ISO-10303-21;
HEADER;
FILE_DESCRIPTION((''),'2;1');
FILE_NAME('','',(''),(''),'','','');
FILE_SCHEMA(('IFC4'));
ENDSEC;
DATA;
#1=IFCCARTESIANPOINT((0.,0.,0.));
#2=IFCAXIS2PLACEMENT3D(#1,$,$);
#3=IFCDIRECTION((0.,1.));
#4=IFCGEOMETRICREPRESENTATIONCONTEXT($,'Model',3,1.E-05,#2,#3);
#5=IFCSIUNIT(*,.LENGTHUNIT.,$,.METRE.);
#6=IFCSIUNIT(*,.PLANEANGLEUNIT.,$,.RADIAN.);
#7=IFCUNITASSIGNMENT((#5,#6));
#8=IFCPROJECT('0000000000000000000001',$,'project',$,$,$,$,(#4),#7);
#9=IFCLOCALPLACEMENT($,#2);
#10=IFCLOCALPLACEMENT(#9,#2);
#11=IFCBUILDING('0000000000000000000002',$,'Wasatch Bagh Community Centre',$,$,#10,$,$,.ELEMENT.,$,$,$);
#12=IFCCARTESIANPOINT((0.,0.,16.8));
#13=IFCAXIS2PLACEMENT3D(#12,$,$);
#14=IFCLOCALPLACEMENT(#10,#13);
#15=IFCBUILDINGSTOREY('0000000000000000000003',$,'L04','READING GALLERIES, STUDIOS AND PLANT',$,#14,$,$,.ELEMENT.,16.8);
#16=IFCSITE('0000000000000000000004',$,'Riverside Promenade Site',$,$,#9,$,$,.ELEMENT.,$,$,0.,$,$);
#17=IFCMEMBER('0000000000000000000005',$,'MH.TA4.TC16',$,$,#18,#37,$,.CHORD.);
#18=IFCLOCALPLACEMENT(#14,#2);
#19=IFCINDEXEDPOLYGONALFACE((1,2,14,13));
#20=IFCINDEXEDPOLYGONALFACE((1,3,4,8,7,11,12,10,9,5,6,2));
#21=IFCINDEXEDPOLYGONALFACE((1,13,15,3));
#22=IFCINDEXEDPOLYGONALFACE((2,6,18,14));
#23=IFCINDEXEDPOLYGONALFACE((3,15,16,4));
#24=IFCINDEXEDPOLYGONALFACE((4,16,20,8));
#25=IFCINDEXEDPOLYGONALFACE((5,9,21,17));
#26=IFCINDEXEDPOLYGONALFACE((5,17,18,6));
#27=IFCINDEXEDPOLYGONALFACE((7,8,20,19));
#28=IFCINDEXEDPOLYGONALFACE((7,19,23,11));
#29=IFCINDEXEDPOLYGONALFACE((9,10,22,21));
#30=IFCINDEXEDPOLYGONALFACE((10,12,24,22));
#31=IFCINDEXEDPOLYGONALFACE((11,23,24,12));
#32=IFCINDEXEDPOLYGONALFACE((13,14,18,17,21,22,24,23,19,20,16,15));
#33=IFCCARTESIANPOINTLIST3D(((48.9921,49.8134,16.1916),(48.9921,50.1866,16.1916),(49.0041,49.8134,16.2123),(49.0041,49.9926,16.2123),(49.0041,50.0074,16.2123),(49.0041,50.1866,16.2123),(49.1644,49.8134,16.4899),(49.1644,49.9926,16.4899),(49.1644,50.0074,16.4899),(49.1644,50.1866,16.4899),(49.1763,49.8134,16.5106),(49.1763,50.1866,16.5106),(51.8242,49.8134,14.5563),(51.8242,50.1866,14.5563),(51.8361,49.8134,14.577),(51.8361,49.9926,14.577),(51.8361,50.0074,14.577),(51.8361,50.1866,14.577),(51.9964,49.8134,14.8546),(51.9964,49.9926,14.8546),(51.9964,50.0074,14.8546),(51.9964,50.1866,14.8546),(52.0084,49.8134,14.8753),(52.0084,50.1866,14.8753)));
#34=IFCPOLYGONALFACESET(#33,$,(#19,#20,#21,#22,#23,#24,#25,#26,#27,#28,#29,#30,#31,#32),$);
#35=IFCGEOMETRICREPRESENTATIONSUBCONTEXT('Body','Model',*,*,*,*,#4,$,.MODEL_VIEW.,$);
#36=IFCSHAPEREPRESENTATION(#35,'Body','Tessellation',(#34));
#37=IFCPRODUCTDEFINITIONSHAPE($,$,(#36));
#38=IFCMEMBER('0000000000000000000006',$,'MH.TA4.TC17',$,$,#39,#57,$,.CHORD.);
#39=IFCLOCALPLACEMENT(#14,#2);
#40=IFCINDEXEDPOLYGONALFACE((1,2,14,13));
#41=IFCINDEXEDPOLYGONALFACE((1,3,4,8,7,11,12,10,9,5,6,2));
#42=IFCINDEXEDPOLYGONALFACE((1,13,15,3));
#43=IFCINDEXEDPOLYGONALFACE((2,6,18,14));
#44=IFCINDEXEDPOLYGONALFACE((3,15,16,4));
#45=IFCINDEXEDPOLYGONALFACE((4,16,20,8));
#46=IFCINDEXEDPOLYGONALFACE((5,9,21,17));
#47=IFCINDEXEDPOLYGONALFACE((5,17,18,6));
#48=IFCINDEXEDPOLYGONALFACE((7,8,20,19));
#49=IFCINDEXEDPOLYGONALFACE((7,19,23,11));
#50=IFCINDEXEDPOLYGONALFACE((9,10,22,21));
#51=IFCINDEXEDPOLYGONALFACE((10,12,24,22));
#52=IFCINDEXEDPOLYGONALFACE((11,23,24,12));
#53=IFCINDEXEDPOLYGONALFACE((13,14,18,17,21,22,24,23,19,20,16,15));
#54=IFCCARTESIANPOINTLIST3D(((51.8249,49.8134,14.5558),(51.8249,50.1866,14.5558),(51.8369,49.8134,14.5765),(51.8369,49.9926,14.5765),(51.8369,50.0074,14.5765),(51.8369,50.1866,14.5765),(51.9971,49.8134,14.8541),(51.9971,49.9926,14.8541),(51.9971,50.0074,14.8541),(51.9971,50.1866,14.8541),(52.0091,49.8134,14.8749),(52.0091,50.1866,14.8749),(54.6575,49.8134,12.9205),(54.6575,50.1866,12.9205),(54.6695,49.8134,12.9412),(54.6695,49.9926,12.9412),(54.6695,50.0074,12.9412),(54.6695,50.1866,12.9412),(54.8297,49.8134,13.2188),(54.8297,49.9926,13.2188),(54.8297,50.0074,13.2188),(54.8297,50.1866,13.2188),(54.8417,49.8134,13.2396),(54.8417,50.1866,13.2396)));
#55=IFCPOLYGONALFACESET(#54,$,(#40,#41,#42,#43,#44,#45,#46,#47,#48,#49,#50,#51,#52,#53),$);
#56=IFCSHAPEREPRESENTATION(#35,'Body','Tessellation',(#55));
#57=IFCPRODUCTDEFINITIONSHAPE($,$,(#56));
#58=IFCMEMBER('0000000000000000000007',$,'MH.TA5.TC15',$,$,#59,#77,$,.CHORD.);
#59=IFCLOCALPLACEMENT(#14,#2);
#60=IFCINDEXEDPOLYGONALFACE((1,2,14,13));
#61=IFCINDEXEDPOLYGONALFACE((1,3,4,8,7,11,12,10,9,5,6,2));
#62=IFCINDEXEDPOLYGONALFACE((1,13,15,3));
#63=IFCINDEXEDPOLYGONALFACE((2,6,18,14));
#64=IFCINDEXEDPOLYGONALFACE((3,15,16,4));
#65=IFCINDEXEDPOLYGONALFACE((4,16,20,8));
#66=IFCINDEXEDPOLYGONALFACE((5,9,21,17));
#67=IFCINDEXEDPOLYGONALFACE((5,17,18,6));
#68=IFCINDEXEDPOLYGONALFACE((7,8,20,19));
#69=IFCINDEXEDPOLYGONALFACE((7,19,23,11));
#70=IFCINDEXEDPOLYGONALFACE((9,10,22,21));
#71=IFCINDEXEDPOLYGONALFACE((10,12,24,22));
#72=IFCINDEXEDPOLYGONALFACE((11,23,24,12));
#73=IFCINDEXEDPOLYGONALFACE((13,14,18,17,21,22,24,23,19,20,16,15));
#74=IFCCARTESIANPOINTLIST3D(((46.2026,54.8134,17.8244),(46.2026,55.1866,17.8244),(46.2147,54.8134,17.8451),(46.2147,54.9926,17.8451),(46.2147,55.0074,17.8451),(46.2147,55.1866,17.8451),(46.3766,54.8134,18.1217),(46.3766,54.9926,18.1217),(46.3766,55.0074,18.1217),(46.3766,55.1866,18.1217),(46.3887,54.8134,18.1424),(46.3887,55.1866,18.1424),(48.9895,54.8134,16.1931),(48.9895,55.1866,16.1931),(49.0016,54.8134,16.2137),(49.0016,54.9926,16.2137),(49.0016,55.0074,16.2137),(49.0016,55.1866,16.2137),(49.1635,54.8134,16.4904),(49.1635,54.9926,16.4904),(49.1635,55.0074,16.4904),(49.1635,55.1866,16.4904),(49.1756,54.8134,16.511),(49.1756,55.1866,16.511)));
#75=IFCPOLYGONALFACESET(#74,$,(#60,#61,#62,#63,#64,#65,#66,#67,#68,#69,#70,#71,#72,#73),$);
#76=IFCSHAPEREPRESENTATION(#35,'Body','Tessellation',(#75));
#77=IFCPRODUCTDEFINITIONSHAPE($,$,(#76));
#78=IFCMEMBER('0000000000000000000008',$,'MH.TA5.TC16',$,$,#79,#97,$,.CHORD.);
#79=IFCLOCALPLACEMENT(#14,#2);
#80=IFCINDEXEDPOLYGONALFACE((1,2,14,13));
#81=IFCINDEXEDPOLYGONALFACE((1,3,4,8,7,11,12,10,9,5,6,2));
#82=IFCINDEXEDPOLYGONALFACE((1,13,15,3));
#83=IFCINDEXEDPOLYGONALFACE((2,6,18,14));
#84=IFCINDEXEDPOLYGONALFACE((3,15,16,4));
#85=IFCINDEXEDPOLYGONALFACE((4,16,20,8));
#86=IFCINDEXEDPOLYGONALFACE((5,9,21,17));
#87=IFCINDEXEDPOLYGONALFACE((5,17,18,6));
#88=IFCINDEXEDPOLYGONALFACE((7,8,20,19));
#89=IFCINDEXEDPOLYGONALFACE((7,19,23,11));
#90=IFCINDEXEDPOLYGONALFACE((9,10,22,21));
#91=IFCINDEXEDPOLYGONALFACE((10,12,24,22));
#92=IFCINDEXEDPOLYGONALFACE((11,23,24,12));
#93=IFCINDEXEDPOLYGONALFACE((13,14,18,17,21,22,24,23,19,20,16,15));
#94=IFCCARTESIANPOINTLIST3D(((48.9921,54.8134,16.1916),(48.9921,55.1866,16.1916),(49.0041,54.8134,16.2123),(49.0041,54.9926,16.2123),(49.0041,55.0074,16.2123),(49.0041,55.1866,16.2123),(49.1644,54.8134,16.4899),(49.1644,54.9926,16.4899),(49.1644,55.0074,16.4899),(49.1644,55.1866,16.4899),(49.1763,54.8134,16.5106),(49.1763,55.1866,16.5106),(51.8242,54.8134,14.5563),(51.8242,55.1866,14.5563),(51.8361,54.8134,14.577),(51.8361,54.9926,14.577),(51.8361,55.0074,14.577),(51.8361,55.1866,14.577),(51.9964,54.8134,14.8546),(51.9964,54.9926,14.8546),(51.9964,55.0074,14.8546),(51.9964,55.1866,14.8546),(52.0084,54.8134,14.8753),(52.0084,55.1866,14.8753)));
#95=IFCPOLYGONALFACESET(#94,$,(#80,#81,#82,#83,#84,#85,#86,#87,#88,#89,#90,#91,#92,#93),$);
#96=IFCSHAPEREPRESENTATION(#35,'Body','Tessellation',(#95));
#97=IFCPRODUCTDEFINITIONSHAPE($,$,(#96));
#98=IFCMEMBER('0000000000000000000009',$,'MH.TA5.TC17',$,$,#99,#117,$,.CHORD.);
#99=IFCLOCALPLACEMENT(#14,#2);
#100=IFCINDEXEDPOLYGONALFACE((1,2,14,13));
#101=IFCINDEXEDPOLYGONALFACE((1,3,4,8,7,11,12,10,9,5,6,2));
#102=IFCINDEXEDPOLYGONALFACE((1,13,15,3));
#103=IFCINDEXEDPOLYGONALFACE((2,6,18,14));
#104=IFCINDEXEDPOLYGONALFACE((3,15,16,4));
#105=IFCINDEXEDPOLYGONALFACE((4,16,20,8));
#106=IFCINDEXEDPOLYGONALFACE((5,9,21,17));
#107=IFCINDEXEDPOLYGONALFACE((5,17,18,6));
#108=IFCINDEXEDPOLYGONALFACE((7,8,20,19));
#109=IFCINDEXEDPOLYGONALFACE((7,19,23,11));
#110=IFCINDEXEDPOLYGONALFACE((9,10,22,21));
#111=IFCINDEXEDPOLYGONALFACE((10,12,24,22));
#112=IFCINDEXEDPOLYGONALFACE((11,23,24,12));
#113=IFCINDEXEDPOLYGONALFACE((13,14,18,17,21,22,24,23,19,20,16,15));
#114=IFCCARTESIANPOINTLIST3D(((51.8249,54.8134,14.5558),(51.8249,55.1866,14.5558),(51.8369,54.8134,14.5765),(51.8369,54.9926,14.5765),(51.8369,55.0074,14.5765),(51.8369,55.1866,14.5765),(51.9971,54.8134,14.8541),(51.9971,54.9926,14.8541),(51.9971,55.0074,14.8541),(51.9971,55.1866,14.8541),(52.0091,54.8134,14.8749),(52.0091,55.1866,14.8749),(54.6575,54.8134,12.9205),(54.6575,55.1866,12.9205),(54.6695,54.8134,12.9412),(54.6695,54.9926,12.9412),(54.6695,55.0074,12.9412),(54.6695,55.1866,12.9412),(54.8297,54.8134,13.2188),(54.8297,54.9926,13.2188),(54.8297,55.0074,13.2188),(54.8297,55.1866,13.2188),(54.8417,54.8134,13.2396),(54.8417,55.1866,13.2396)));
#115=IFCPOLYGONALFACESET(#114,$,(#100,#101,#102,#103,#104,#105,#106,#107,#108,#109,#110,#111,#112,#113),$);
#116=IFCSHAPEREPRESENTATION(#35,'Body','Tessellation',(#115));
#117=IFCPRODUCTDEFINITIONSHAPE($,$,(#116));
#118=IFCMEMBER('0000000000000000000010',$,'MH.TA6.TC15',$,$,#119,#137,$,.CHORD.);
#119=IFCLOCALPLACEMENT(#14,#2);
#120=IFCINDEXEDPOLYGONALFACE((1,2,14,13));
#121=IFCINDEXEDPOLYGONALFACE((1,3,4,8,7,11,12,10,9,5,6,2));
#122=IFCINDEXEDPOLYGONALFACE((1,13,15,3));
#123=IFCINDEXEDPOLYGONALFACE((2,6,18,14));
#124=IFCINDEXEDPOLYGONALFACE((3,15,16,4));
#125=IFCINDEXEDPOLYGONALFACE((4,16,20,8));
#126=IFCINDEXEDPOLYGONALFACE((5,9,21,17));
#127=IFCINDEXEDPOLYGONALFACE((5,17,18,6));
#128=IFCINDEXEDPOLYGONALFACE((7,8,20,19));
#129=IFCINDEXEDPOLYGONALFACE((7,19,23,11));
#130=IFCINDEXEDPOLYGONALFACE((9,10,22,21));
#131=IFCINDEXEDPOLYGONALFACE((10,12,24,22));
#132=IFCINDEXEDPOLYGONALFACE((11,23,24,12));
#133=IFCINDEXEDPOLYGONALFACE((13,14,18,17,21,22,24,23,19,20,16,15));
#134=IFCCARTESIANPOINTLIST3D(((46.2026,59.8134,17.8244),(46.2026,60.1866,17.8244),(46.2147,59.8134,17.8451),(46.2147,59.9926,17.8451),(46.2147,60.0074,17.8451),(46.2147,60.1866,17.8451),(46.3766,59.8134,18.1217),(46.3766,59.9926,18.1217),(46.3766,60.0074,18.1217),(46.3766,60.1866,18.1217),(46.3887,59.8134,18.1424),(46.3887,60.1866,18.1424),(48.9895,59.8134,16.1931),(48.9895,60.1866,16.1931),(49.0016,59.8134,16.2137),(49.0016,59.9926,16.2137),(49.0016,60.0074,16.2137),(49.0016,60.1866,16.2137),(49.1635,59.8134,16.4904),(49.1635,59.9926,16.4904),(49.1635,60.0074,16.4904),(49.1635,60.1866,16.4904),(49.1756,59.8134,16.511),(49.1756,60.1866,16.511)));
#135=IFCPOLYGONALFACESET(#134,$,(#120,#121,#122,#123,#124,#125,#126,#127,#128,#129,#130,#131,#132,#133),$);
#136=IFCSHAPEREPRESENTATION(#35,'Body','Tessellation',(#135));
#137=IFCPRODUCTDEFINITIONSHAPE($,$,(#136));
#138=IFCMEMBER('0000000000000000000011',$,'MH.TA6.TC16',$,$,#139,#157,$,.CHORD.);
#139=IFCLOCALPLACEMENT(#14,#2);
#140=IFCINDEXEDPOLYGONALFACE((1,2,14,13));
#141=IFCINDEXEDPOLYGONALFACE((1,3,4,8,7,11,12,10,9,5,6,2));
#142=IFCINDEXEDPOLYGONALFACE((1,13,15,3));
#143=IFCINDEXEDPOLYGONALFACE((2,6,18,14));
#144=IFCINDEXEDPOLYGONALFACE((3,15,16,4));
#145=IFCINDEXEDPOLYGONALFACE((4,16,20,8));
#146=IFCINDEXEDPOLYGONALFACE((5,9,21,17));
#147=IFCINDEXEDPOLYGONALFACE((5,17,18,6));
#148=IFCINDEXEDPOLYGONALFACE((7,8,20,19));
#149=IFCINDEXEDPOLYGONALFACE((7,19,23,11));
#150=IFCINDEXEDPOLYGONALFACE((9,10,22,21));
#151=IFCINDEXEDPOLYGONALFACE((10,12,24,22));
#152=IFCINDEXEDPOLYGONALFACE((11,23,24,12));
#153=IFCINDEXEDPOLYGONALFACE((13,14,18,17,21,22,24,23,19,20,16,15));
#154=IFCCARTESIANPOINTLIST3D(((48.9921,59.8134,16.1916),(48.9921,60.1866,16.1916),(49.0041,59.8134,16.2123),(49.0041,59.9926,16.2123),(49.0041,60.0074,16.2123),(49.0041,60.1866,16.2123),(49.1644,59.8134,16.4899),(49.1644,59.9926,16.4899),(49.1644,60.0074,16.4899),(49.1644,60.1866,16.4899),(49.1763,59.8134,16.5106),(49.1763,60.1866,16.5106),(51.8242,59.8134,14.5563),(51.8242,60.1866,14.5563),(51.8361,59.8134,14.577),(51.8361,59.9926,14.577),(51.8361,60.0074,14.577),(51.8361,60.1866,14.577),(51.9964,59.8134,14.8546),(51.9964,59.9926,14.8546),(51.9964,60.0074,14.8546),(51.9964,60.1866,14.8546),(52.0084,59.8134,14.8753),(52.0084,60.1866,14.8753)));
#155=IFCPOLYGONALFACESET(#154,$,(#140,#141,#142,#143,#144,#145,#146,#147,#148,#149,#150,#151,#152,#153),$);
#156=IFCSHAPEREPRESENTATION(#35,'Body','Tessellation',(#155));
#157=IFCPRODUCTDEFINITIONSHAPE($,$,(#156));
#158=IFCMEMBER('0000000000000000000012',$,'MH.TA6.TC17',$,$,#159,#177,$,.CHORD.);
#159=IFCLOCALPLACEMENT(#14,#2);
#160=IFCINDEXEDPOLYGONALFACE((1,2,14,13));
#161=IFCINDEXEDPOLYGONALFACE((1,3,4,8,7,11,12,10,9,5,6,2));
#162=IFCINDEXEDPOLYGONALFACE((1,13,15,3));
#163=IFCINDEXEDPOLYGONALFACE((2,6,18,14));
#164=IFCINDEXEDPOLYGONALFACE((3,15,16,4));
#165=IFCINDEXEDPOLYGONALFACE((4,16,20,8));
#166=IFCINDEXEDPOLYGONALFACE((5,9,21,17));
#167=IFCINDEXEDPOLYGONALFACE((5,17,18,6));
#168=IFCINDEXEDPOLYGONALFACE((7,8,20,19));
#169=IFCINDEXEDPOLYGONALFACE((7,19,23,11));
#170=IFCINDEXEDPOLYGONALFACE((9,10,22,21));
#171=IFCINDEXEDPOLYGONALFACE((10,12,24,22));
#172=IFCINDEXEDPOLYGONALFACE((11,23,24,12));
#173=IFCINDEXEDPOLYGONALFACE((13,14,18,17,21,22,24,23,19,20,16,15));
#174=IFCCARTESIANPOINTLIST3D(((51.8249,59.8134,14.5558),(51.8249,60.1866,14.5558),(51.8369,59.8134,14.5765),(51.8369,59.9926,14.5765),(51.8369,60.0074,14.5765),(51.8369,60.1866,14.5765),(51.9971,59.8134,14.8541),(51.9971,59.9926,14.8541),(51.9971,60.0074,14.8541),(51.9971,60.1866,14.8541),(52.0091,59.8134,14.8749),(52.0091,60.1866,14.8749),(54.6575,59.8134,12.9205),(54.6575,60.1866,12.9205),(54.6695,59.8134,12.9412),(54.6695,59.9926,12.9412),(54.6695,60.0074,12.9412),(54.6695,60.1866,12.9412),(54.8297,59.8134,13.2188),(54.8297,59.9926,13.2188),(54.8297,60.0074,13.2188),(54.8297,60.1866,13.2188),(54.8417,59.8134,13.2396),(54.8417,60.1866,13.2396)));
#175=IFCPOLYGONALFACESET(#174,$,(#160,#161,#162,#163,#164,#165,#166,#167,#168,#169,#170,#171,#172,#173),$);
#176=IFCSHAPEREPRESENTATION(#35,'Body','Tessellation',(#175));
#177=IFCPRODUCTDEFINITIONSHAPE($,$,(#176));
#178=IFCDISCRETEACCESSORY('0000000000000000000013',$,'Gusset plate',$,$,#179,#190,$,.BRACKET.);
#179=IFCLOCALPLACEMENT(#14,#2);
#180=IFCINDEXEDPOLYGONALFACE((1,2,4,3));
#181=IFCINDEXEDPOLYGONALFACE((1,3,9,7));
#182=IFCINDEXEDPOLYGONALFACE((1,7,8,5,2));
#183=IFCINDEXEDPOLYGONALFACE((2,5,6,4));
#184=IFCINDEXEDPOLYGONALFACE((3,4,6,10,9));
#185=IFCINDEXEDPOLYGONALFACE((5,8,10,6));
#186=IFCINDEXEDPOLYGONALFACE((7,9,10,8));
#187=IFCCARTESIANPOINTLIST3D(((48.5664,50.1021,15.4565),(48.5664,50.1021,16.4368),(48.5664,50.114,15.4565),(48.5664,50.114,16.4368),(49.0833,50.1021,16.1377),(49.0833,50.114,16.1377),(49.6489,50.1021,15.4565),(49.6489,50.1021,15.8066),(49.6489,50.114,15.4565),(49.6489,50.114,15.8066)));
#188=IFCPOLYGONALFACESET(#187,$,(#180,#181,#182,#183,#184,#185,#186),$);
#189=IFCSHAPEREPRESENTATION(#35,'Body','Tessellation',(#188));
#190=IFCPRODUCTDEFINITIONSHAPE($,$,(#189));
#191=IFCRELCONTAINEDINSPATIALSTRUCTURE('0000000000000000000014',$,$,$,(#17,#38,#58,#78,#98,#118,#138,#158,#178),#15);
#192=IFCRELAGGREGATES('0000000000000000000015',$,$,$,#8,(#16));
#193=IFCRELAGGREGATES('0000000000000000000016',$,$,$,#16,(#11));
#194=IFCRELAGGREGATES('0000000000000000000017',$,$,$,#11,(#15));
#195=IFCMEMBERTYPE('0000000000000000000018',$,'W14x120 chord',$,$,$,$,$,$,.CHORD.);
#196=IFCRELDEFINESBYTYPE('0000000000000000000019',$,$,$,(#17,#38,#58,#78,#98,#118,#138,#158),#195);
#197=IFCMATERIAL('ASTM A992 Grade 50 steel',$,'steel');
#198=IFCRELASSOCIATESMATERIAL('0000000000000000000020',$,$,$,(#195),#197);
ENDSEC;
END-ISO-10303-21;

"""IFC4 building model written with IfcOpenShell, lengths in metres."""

from ifc_helpers import new_model, si_unit, direction, frame, origin, origin_2d, place, context, subcontext, project, spatial, polyline, i_section, outline, extrude, material, material_profile, profile_set, type_object, element, save


model = new_model("IFC4")

# Units and contexts
model_context = context("Model", 3, precision=1e-05, world=origin(), true_north=direction((0.0, 1.0)))
body_context = subcontext(model_context, "Body", "Model", "MODEL_VIEW")
ifc_project = project(units=[si_unit("LENGTHUNIT", "METRE"), si_unit("PLANEANGLEUNIT", "RADIAN")], contexts=[model_context])

# Site, building, storey
site_placement = place(None, origin())
site = spatial("IfcSite", under=ifc_project, at=site_placement, Name="Riverside Promenade Site", CompositionType="ELEMENT", RefElevation=0.0)
building_placement = place(site_placement, origin())
building = spatial("IfcBuilding", under=site, at=building_placement, Name="Wasatch Bagh Community Centre", CompositionType="ELEMENT")
storey_placement = place(building_placement, frame((0.0, 0.0, 16.8)))
storey = spatial("IfcBuildingStorey", under=building, at=storey_placement, Name="L04", Description="READING GALLERIES, STUDIOS AND PLANT", CompositionType="ELEMENT", Elevation=16.8)

# Members
ifc_material_1 = material(Name="ASTM A992 Grade 50 steel", Category="steel")
ifc_material_profile_1 = material_profile(ifc_material_1, i_section(OverallWidth=0.3733, OverallDepth=0.3684, WebThickness=0.0149, FlangeThickness=0.0239, at=origin_2d()), Name="W14x120")
ifc_profile_set_1 = profile_set([ifc_material_profile_1], Name="ASTM A992 Grade 50 steel")
member_type_1 = type_object("IfcMemberType", Name="W14x120 chord", PredefinedType="CHORD", material=ifc_profile_set_1)
member_1_placement = place(storey_placement, frame((49.0842, 50.0, 16.3511), z_axis=(0.866002, 0.0, -0.500041), x_axis=(0.0, 1.0, 0.0)))
element("IfcMember", 1, at=member_1_placement, inside=storey, type_object=member_type_1, Name="MH.TA4.TC16", PredefinedType="CHORD", context=body_context, shape_type="SweptSolid", body=[
    extrude(i_section(OverallWidth=0.3733, OverallDepth=0.3684, WebThickness=0.0149, FlangeThickness=0.0239, at=origin_2d()), origin(), (0.0, 0.0, 1.0), 3.2703),
])
member_2_placement = place(storey_placement, frame((51.917, 50.0, 14.7153), z_axis=(0.866039, 0.0, -0.499977), x_axis=(0.0, 1.0, 0.0)))
element("IfcMember", 2, at=member_2_placement, inside=storey, type_object=member_type_1, Name="MH.TA4.TC17", PredefinedType="CHORD", context=body_context, shape_type="SweptSolid", body=[
    extrude(i_section(OverallWidth=0.3733, OverallDepth=0.3684, WebThickness=0.0149, FlangeThickness=0.0239, at=origin_2d()), origin(), (0.0, 0.0, 1.0), 3.2708),
])
member_3_placement = place(storey_placement, frame((46.2957, 55.0, 17.9834), z_axis=(0.863013, 0.0, -0.505182), x_axis=(0.0, 1.0, 0.0)))
element("IfcMember", 3, at=member_3_placement, inside=storey, type_object=member_type_1, Name="MH.TA5.TC15", PredefinedType="CHORD", context=body_context, shape_type="SweptSolid", body=[
    extrude(i_section(OverallWidth=0.3733, OverallDepth=0.3684, WebThickness=0.0149, FlangeThickness=0.0239, at=origin_2d()), origin(), (0.0, 0.0, 1.0), 3.2292),
])
member_4_placement = place(storey_placement, frame((49.0842, 55.0, 16.3511), z_axis=(0.866002, 0.0, -0.500041), x_axis=(0.0, 1.0, 0.0)))
element("IfcMember", 4, at=member_4_placement, inside=storey, type_object=member_type_1, Name="MH.TA5.TC16", PredefinedType="CHORD", context=body_context, shape_type="SweptSolid", body=[
    extrude(i_section(OverallWidth=0.3733, OverallDepth=0.3684, WebThickness=0.0149, FlangeThickness=0.0239, at=origin_2d()), origin(), (0.0, 0.0, 1.0), 3.2703),
])
member_5_placement = place(storey_placement, frame((51.917, 55.0, 14.7153), z_axis=(0.866039, 0.0, -0.499977), x_axis=(0.0, 1.0, 0.0)))
element("IfcMember", 5, at=member_5_placement, inside=storey, type_object=member_type_1, Name="MH.TA5.TC17", PredefinedType="CHORD", context=body_context, shape_type="SweptSolid", body=[
    extrude(i_section(OverallWidth=0.3733, OverallDepth=0.3684, WebThickness=0.0149, FlangeThickness=0.0239, at=origin_2d()), origin(), (0.0, 0.0, 1.0), 3.2708),
])
member_6_placement = place(storey_placement, frame((46.2957, 60.0, 17.9834), z_axis=(0.863013, 0.0, -0.505182), x_axis=(0.0, 1.0, 0.0)))
element("IfcMember", 6, at=member_6_placement, inside=storey, type_object=member_type_1, Name="MH.TA6.TC15", PredefinedType="CHORD", context=body_context, shape_type="SweptSolid", body=[
    extrude(i_section(OverallWidth=0.3733, OverallDepth=0.3684, WebThickness=0.0149, FlangeThickness=0.0239, at=origin_2d()), origin(), (0.0, 0.0, 1.0), 3.2292),
])
member_7_placement = place(storey_placement, frame((49.0842, 60.0, 16.3511), z_axis=(0.866002, 0.0, -0.500041), x_axis=(0.0, 1.0, 0.0)))
element("IfcMember", 7, at=member_7_placement, inside=storey, type_object=member_type_1, Name="MH.TA6.TC16", PredefinedType="CHORD", context=body_context, shape_type="SweptSolid", body=[
    extrude(i_section(OverallWidth=0.3733, OverallDepth=0.3684, WebThickness=0.0149, FlangeThickness=0.0239, at=origin_2d()), origin(), (0.0, 0.0, 1.0), 3.2703),
])
member_8_placement = place(storey_placement, frame((51.917, 60.0, 14.7153), z_axis=(0.866039, 0.0, -0.499977), x_axis=(0.0, 1.0, 0.0)))
element("IfcMember", 8, at=member_8_placement, inside=storey, type_object=member_type_1, Name="MH.TA6.TC17", PredefinedType="CHORD", context=body_context, shape_type="SweptSolid", body=[
    extrude(i_section(OverallWidth=0.3733, OverallDepth=0.3684, WebThickness=0.0149, FlangeThickness=0.0239, at=origin_2d()), origin(), (0.0, 0.0, 1.0), 3.2708),
])

# Discrete accessory
for number, where, z_axis, x_axis, name in (
    (9, (48.5664, 50.114, 16.4368), (0.0, 1.0, 0.0), (0.865538, 0.0, -0.500843), "Gusset plate"),
):
    element("IfcDiscreteAccessory", number, at=place(storey_placement, frame(where, z_axis=z_axis, x_axis=x_axis)), inside=storey, Name=name, PredefinedType="BRACKET", context=body_context, shape_type="SweptSolid", body=[
        extrude(outline(polyline([(0.0, 0.0), (0.5971, 0.0), (1.2526, 0.0032), (1.4279, 0.3062), (0.4909, 0.8484), (0.0, 0.0)])), origin(), (0.0, 0.0, -1.0), 0.012),
    ])

save(model, "model.ifc")
